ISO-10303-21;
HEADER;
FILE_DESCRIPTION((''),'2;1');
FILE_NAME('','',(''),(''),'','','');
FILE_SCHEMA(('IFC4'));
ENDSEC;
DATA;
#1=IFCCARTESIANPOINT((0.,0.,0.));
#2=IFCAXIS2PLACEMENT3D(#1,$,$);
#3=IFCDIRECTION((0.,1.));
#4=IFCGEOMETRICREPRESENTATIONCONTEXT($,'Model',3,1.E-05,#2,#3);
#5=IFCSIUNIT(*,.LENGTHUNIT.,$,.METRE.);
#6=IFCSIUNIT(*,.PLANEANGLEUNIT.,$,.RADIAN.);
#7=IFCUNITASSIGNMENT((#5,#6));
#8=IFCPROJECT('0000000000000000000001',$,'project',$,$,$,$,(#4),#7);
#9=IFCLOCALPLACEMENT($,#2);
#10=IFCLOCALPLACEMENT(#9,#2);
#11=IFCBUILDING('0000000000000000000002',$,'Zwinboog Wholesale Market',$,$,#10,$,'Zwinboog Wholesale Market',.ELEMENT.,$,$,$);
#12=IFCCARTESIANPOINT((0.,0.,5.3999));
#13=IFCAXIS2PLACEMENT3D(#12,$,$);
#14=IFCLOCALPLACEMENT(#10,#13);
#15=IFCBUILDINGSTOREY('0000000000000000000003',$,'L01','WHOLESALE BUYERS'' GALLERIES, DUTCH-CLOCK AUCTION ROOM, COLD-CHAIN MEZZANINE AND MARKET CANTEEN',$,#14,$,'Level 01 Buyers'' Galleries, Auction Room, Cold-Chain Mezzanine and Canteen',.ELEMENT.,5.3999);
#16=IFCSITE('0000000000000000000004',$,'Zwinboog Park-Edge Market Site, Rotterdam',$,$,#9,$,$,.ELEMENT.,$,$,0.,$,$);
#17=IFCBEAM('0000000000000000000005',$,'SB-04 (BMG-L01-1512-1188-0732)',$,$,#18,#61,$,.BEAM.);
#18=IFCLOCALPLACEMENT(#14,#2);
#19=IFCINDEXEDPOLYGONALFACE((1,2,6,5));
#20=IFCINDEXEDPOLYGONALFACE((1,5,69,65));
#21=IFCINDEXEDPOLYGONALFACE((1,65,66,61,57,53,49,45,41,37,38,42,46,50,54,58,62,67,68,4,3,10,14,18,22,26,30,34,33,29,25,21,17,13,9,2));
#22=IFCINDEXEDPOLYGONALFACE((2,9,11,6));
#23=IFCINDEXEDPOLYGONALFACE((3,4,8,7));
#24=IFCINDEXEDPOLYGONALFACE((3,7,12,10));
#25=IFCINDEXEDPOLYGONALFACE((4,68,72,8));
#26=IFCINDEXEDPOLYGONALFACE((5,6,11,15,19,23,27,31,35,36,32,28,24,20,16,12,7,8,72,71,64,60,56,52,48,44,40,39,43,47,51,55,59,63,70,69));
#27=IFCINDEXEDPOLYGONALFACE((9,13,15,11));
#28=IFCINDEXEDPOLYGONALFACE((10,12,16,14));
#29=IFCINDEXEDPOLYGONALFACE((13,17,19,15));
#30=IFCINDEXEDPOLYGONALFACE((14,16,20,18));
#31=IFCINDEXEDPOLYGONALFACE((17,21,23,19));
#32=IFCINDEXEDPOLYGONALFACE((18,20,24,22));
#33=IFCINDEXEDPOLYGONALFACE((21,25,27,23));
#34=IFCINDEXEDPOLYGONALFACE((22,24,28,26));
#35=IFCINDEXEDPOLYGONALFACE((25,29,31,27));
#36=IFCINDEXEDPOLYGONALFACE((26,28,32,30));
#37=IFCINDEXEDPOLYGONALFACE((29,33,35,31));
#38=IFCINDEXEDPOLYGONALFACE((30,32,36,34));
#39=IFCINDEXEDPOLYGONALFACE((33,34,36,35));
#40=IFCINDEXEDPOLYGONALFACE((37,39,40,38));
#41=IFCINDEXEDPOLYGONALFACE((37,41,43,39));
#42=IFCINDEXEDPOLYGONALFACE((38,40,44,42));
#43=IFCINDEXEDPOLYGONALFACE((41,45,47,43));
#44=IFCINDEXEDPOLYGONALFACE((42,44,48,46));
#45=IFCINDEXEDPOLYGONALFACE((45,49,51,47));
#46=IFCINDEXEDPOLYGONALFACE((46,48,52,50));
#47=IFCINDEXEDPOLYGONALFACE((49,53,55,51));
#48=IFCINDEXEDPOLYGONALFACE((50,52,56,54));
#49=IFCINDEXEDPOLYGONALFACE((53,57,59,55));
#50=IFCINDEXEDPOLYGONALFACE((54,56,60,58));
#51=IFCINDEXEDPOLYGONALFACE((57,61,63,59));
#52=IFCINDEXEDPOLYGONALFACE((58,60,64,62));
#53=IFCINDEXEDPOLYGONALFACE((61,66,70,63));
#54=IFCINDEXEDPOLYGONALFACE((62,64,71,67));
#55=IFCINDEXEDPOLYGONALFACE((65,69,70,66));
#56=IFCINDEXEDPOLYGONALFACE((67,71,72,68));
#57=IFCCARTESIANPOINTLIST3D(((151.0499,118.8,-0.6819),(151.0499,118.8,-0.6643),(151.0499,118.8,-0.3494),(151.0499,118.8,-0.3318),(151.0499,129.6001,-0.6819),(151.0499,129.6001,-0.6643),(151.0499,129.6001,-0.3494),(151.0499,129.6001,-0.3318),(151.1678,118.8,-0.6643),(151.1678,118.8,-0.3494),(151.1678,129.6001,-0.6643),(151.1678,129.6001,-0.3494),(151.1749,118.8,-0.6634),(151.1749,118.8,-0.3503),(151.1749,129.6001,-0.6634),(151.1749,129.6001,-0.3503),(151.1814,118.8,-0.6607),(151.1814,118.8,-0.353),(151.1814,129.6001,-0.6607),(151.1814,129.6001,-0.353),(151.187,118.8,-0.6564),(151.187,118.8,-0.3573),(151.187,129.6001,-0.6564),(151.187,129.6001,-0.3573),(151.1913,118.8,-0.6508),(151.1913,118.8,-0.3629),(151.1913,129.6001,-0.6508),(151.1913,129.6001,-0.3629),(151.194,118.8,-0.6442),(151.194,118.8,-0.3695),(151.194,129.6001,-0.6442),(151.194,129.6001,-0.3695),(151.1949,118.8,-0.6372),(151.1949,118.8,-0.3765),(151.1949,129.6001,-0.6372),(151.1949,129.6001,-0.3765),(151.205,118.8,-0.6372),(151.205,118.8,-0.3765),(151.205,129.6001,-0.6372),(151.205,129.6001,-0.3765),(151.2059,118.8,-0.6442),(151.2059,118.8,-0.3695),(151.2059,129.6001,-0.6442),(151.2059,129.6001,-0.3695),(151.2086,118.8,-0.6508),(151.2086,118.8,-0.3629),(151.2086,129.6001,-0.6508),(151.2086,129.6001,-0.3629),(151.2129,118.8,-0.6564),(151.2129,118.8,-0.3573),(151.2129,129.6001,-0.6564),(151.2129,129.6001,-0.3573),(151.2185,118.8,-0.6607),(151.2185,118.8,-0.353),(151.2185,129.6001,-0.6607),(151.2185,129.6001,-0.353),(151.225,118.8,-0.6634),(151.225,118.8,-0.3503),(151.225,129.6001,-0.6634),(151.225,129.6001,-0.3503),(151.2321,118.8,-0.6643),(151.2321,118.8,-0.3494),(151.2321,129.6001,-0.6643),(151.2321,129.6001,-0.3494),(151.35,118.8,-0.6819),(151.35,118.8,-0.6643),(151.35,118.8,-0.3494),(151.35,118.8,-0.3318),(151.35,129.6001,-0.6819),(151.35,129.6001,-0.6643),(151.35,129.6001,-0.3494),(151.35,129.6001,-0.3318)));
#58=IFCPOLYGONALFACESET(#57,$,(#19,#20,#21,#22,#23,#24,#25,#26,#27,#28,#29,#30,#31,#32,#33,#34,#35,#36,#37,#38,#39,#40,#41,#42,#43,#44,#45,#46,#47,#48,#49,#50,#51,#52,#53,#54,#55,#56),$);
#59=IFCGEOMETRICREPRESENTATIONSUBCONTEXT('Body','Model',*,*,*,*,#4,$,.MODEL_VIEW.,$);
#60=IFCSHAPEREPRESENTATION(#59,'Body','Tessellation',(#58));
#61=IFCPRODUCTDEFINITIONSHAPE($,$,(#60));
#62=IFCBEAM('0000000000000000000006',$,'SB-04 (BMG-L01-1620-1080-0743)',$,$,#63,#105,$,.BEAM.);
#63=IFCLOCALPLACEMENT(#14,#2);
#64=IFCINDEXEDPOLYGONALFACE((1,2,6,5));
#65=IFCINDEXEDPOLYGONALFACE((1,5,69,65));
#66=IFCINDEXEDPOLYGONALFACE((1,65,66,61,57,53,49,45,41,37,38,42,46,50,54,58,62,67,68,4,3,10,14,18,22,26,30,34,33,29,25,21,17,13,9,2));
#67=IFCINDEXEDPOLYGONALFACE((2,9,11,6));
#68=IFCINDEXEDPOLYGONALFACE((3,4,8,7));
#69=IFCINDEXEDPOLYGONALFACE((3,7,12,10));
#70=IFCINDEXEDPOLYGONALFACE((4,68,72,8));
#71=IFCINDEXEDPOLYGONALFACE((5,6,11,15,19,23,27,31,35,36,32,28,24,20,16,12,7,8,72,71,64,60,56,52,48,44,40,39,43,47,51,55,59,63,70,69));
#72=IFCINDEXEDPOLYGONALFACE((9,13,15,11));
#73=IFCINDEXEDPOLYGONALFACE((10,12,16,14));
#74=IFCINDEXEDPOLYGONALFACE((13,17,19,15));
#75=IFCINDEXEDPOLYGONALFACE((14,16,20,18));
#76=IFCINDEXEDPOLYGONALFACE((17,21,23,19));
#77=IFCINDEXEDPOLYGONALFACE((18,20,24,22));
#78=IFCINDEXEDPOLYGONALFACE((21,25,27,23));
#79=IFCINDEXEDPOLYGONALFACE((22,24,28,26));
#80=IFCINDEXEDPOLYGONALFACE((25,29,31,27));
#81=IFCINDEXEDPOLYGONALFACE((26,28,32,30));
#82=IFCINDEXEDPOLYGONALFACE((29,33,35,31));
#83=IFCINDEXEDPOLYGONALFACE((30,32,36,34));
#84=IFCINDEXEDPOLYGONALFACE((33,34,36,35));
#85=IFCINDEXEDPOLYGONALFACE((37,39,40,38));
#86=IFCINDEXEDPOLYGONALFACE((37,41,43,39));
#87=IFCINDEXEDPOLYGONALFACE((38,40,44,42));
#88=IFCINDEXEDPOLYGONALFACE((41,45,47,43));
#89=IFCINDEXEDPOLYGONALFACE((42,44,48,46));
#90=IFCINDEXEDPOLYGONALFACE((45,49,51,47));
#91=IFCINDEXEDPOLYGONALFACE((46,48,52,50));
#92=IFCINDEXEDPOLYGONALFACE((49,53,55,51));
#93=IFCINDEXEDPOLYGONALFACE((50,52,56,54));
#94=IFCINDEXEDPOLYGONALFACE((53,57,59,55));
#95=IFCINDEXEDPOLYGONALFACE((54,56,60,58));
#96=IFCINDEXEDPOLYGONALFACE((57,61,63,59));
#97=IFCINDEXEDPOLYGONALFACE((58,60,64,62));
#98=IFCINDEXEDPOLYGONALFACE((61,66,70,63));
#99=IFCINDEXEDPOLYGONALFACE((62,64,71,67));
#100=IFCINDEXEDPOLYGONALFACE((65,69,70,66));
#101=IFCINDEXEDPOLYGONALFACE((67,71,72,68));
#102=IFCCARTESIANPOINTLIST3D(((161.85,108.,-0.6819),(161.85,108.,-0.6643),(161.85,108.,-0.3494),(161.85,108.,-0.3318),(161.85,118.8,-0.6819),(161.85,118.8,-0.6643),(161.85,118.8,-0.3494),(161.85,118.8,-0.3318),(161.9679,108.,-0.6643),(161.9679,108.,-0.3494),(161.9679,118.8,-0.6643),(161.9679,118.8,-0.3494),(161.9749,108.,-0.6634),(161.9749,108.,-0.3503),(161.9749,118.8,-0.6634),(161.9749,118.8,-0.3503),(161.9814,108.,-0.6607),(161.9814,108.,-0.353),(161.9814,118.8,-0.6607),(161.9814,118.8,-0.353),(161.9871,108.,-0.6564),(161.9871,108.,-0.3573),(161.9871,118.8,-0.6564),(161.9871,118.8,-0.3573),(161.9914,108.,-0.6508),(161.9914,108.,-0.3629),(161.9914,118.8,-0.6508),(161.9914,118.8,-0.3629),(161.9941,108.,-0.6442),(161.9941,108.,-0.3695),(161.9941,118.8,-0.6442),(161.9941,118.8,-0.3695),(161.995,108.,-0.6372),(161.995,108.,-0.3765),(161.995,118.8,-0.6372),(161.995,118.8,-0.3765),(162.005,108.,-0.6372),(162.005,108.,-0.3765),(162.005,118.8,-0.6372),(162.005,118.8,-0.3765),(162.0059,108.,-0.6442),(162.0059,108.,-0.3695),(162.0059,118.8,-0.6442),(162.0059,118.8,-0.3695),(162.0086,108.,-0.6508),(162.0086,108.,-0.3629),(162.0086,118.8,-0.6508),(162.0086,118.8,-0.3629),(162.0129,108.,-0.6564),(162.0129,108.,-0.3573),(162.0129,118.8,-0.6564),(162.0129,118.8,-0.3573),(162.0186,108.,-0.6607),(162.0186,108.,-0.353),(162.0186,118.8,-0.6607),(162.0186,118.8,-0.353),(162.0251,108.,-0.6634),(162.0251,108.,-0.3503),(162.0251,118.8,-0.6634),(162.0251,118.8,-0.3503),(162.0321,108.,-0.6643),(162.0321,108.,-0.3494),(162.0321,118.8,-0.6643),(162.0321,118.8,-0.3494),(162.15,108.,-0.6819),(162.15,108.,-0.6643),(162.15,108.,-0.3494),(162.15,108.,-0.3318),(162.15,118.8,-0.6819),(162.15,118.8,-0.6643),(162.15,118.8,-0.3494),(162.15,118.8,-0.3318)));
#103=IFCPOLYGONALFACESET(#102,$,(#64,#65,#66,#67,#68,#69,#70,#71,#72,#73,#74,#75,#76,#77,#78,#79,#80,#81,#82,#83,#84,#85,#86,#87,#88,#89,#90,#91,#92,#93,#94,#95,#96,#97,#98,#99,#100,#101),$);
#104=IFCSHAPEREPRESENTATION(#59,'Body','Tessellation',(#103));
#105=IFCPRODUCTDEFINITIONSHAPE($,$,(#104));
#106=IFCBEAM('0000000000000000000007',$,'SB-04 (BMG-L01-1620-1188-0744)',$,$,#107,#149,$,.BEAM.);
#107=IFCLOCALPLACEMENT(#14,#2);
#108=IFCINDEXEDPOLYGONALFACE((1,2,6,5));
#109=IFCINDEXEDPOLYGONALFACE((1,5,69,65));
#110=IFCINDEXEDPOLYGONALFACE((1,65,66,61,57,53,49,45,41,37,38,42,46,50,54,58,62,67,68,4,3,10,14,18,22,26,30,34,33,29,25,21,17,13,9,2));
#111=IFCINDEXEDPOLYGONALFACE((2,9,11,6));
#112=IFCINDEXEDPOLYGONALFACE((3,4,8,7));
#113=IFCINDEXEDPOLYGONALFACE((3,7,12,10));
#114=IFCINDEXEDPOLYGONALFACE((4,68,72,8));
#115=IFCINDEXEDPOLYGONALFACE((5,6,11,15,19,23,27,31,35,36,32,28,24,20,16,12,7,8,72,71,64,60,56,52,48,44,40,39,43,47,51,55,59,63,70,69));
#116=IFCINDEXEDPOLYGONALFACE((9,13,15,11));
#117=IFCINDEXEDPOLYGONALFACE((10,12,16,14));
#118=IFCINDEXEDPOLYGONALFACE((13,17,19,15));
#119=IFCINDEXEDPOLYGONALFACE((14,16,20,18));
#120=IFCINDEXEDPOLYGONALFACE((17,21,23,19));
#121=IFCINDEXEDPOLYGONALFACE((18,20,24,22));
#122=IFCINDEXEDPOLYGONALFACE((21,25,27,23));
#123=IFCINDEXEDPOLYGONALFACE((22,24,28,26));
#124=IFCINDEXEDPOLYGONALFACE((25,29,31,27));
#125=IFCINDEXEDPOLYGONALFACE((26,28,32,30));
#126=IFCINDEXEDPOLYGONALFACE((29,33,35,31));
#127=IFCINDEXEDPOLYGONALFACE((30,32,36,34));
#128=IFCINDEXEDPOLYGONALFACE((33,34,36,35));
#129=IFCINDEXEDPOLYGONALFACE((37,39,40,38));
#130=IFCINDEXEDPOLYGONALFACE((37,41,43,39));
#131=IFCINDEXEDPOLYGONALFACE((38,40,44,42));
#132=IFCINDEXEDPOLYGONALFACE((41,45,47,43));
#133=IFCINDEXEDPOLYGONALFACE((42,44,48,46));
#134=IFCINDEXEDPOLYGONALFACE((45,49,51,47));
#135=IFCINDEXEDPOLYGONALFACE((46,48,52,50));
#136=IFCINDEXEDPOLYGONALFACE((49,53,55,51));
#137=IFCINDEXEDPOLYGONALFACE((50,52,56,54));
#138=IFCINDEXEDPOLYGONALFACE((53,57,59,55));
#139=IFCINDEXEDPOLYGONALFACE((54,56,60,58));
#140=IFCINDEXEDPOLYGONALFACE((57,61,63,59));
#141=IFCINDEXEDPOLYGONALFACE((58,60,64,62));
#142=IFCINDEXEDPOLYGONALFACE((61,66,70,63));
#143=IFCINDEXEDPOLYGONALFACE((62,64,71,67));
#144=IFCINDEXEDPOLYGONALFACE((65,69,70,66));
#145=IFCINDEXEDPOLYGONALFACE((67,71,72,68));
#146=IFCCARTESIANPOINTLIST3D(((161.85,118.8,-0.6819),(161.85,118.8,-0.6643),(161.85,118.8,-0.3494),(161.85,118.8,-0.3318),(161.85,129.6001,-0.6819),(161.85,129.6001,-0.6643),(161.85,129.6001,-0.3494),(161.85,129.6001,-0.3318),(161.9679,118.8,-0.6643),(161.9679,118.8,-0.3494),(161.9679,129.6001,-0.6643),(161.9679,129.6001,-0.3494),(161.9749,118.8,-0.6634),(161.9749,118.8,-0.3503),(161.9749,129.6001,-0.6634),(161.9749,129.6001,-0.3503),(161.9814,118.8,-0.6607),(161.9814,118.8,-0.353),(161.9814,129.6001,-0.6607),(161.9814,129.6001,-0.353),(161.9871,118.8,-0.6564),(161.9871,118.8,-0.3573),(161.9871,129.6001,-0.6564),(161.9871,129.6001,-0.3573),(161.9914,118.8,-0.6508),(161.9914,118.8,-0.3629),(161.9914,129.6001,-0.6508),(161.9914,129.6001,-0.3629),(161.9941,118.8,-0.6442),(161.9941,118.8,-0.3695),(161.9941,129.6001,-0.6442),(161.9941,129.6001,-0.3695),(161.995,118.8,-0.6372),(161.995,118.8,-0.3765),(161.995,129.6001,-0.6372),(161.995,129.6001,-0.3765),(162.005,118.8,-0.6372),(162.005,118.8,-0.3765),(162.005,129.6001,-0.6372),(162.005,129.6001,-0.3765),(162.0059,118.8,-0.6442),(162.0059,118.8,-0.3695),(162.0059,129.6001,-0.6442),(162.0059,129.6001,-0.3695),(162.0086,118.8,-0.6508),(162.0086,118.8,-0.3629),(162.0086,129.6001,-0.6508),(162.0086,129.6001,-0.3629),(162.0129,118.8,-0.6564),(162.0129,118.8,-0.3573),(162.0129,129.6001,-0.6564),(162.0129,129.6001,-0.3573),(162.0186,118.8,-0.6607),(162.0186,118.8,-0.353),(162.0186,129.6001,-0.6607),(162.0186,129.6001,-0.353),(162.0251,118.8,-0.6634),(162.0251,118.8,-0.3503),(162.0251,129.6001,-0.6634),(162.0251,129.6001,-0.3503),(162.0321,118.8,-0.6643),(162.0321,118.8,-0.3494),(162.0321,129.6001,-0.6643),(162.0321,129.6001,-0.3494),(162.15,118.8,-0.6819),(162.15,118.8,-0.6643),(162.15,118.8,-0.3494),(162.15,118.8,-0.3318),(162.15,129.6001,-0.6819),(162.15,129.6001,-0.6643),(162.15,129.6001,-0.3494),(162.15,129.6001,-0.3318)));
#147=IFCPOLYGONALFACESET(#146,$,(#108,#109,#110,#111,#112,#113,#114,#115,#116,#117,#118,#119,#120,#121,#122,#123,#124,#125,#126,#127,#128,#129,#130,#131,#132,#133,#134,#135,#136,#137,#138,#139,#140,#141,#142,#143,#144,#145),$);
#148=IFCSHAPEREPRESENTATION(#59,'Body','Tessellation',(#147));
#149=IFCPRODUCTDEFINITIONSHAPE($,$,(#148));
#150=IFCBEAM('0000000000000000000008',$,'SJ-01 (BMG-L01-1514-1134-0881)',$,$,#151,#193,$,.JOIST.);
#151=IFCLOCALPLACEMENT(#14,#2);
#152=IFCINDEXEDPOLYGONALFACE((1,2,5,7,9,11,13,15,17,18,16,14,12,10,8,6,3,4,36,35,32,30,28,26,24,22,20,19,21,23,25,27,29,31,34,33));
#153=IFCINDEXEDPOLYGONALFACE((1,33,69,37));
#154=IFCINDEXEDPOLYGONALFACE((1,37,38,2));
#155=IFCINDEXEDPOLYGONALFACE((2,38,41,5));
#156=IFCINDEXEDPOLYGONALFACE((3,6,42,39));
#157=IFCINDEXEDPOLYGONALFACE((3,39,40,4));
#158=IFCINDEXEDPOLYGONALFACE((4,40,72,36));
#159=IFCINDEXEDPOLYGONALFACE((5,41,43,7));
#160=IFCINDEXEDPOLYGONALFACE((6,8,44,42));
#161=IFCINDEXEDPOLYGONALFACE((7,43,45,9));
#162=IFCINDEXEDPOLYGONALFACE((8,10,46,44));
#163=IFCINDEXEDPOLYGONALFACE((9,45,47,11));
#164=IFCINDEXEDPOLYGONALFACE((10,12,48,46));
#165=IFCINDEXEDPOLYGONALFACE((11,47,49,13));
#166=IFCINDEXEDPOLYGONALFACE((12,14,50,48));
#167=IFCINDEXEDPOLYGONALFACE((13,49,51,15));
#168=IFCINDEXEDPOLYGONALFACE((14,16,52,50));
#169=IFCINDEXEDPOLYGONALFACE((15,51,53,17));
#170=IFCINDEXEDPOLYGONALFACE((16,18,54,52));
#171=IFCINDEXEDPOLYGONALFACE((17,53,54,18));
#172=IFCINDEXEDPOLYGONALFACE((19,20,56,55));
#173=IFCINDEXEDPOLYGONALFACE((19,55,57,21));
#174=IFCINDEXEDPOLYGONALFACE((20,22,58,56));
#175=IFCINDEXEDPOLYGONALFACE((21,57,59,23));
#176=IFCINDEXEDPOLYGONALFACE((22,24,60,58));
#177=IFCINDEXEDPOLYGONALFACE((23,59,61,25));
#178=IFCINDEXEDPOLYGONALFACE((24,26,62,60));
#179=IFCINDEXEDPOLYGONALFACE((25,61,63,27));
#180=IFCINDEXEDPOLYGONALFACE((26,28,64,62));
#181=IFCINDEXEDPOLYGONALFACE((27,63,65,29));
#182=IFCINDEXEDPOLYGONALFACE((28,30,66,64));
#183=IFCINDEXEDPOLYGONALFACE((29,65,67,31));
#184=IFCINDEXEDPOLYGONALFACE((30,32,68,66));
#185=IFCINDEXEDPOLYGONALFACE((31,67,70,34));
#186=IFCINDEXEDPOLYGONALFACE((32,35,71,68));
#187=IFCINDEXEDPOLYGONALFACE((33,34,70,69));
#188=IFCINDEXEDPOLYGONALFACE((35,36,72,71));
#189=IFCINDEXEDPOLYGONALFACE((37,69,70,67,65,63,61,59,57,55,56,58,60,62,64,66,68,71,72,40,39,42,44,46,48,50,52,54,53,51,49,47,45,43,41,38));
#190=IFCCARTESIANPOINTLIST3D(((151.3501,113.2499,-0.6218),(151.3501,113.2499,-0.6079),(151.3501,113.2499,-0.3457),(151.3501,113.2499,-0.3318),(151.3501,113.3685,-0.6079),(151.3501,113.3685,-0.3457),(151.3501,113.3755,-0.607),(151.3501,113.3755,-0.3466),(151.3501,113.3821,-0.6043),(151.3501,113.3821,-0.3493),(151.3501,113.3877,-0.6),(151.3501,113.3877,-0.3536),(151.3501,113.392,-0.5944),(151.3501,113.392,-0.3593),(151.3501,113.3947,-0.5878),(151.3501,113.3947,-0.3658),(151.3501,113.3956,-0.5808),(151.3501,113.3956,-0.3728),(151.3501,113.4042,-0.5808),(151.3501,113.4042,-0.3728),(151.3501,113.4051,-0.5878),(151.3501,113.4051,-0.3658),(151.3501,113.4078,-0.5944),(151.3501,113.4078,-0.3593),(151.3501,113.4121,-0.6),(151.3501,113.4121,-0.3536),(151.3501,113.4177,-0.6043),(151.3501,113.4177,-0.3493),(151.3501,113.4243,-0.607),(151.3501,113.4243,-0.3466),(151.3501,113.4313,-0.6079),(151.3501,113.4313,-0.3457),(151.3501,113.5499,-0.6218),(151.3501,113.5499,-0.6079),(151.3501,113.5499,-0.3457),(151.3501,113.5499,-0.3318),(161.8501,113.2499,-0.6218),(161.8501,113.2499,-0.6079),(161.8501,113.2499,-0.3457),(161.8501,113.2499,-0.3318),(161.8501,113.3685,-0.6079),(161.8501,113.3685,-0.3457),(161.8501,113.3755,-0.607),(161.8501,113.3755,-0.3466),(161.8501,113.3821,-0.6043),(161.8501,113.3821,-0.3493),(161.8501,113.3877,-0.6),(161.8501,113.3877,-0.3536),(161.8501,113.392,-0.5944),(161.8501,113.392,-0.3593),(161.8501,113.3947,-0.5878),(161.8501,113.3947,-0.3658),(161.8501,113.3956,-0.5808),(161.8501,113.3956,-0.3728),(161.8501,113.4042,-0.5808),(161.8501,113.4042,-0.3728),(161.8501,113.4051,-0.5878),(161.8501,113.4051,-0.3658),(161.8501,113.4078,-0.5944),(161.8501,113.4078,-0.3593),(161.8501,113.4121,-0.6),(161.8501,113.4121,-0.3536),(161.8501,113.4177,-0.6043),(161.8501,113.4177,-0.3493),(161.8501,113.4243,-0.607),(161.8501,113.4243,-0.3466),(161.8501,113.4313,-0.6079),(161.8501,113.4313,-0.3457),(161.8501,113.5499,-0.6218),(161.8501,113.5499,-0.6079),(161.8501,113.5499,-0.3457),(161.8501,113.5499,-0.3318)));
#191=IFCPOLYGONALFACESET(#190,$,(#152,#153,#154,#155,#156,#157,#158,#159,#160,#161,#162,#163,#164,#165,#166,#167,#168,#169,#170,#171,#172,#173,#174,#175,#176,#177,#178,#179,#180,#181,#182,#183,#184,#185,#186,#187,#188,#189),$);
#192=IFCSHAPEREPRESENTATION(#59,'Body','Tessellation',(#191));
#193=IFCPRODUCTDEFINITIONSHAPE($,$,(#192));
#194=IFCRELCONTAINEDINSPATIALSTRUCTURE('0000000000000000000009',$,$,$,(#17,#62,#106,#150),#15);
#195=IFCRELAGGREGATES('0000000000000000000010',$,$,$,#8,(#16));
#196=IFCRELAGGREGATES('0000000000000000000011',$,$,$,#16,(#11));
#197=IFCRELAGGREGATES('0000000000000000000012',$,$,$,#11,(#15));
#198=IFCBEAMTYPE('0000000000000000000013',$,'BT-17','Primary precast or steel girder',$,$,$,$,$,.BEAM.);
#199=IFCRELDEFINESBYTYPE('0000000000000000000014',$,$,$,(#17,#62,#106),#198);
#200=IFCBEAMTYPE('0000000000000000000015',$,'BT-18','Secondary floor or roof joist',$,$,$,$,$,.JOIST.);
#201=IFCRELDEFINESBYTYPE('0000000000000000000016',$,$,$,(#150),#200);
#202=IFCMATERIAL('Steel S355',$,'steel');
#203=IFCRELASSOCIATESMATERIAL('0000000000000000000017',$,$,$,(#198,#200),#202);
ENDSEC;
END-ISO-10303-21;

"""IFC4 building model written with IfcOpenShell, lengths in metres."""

from ifc_helpers import new_model, si_unit, direction, frame, origin, origin_2d, place, context, subcontext, project, spatial, i_section, extrude, material, material_profile, profile_set, type_object, element, save


model = new_model("IFC4")

# Units and contexts
model_context = context("Model", 3, precision=1e-05, world=origin(), true_north=direction((0.0, 1.0)))
body_context = subcontext(model_context, "Body", "Model", "MODEL_VIEW")
ifc_project = project(units=[si_unit("LENGTHUNIT", "METRE"), si_unit("PLANEANGLEUNIT", "RADIAN")], contexts=[model_context])

# Site, building, storey
site_placement = place(None, origin())
site = spatial("IfcSite", under=ifc_project, at=site_placement, Name="Zwinboog Park-Edge Market Site, Rotterdam", CompositionType="ELEMENT", RefElevation=0.0)
building_placement = place(site_placement, origin())
building = spatial("IfcBuilding", under=site, at=building_placement, Name="Zwinboog Wholesale Market", LongName="Zwinboog Wholesale Market", CompositionType="ELEMENT")
storey_placement = place(building_placement, frame((0.0, 0.0, 5.3999)))
storey = spatial("IfcBuildingStorey", under=building, at=storey_placement, Name="L01", Description="WHOLESALE BUYERS' GALLERIES, DUTCH-CLOCK AUCTION ROOM, COLD-CHAIN MEZZANINE AND MARKET CANTEEN", LongName="Level 01 Buyers' Galleries, Auction Room, Cold-Chain Mezzanine and Canteen", CompositionType="ELEMENT", Elevation=5.3999)

# Beams
ifc_material_1 = material(Name="Steel S355", Category="steel")
ifc_material_profile_1 = material_profile(ifc_material_1, i_section(OverallWidth=0.3, OverallDepth=0.3501, WebThickness=0.01, FlangeThickness=0.0176, FilletRadius=0.0271, at=origin_2d()), Name="HEA 360")
ifc_profile_set_1 = profile_set([ifc_material_profile_1], Name="Steel S355")
beam_type_1 = type_object("IfcBeamType", Name="BT-17", Description="Primary precast or steel girder", PredefinedType="BEAM", material=ifc_profile_set_1)
for number, where, z_axis, x_axis, name in (
    (1, (151.2, 118.8, -0.5068), (0.0, 1.0, 0.0), (-1.0, 0.0, 0.0), "SB-04 (BMG-L01-1512-1188-0732)"),
    (2, (162.0, 108.0, -0.5068), (0.0, 1.0, 0.0), (-1.0, 0.0, 0.0), "SB-04 (BMG-L01-1620-1080-0743)"),
    (3, (162.0, 118.8, -0.5068), (0.0, 1.0, 0.0), (-1.0, 0.0, 0.0), "SB-04 (BMG-L01-1620-1188-0744)"),
):
    element("IfcBeam", number, at=place(storey_placement, frame(where, z_axis=z_axis, x_axis=x_axis)), inside=storey, type_object=beam_type_1, Name=name, PredefinedType="BEAM", context=body_context, shape_type="SweptSolid", body=[
        extrude(i_section(OverallWidth=0.3, OverallDepth=0.3501, WebThickness=0.01, FlangeThickness=0.0176, FilletRadius=0.0271, at=origin_2d()), origin(), (0.0, 0.0, 1.0), 10.8),
    ])
ifc_material_profile_2 = material_profile(ifc_material_1, i_section(OverallWidth=0.3, OverallDepth=0.29, WebThickness=0.0085, FlangeThickness=0.0139, FilletRadius=0.0271, at=origin_2d()), Name="HEA 300")
ifc_profile_set_2 = profile_set([ifc_material_profile_2], Name="Steel S355")
beam_type_2 = type_object("IfcBeamType", Name="BT-18", Description="Secondary floor or roof joist", PredefinedType="JOIST", material=ifc_profile_set_2)
beam_1_placement = place(storey_placement, frame((151.3501, 113.3999, -0.4768), z_axis=(1.0, 0.0, 0.0), x_axis=(0.0, 1.0, 0.0)))
element("IfcBeam", 4, at=beam_1_placement, inside=storey, type_object=beam_type_2, Name="SJ-01 (BMG-L01-1514-1134-0881)", PredefinedType="JOIST", context=body_context, shape_type="SweptSolid", body=[
    extrude(i_section(OverallWidth=0.3, OverallDepth=0.29, WebThickness=0.0085, FlangeThickness=0.0139, FilletRadius=0.0271, at=origin_2d()), origin(), (0.0, 0.0, 1.0), 10.5),
])

save(model, "model.ifc")
